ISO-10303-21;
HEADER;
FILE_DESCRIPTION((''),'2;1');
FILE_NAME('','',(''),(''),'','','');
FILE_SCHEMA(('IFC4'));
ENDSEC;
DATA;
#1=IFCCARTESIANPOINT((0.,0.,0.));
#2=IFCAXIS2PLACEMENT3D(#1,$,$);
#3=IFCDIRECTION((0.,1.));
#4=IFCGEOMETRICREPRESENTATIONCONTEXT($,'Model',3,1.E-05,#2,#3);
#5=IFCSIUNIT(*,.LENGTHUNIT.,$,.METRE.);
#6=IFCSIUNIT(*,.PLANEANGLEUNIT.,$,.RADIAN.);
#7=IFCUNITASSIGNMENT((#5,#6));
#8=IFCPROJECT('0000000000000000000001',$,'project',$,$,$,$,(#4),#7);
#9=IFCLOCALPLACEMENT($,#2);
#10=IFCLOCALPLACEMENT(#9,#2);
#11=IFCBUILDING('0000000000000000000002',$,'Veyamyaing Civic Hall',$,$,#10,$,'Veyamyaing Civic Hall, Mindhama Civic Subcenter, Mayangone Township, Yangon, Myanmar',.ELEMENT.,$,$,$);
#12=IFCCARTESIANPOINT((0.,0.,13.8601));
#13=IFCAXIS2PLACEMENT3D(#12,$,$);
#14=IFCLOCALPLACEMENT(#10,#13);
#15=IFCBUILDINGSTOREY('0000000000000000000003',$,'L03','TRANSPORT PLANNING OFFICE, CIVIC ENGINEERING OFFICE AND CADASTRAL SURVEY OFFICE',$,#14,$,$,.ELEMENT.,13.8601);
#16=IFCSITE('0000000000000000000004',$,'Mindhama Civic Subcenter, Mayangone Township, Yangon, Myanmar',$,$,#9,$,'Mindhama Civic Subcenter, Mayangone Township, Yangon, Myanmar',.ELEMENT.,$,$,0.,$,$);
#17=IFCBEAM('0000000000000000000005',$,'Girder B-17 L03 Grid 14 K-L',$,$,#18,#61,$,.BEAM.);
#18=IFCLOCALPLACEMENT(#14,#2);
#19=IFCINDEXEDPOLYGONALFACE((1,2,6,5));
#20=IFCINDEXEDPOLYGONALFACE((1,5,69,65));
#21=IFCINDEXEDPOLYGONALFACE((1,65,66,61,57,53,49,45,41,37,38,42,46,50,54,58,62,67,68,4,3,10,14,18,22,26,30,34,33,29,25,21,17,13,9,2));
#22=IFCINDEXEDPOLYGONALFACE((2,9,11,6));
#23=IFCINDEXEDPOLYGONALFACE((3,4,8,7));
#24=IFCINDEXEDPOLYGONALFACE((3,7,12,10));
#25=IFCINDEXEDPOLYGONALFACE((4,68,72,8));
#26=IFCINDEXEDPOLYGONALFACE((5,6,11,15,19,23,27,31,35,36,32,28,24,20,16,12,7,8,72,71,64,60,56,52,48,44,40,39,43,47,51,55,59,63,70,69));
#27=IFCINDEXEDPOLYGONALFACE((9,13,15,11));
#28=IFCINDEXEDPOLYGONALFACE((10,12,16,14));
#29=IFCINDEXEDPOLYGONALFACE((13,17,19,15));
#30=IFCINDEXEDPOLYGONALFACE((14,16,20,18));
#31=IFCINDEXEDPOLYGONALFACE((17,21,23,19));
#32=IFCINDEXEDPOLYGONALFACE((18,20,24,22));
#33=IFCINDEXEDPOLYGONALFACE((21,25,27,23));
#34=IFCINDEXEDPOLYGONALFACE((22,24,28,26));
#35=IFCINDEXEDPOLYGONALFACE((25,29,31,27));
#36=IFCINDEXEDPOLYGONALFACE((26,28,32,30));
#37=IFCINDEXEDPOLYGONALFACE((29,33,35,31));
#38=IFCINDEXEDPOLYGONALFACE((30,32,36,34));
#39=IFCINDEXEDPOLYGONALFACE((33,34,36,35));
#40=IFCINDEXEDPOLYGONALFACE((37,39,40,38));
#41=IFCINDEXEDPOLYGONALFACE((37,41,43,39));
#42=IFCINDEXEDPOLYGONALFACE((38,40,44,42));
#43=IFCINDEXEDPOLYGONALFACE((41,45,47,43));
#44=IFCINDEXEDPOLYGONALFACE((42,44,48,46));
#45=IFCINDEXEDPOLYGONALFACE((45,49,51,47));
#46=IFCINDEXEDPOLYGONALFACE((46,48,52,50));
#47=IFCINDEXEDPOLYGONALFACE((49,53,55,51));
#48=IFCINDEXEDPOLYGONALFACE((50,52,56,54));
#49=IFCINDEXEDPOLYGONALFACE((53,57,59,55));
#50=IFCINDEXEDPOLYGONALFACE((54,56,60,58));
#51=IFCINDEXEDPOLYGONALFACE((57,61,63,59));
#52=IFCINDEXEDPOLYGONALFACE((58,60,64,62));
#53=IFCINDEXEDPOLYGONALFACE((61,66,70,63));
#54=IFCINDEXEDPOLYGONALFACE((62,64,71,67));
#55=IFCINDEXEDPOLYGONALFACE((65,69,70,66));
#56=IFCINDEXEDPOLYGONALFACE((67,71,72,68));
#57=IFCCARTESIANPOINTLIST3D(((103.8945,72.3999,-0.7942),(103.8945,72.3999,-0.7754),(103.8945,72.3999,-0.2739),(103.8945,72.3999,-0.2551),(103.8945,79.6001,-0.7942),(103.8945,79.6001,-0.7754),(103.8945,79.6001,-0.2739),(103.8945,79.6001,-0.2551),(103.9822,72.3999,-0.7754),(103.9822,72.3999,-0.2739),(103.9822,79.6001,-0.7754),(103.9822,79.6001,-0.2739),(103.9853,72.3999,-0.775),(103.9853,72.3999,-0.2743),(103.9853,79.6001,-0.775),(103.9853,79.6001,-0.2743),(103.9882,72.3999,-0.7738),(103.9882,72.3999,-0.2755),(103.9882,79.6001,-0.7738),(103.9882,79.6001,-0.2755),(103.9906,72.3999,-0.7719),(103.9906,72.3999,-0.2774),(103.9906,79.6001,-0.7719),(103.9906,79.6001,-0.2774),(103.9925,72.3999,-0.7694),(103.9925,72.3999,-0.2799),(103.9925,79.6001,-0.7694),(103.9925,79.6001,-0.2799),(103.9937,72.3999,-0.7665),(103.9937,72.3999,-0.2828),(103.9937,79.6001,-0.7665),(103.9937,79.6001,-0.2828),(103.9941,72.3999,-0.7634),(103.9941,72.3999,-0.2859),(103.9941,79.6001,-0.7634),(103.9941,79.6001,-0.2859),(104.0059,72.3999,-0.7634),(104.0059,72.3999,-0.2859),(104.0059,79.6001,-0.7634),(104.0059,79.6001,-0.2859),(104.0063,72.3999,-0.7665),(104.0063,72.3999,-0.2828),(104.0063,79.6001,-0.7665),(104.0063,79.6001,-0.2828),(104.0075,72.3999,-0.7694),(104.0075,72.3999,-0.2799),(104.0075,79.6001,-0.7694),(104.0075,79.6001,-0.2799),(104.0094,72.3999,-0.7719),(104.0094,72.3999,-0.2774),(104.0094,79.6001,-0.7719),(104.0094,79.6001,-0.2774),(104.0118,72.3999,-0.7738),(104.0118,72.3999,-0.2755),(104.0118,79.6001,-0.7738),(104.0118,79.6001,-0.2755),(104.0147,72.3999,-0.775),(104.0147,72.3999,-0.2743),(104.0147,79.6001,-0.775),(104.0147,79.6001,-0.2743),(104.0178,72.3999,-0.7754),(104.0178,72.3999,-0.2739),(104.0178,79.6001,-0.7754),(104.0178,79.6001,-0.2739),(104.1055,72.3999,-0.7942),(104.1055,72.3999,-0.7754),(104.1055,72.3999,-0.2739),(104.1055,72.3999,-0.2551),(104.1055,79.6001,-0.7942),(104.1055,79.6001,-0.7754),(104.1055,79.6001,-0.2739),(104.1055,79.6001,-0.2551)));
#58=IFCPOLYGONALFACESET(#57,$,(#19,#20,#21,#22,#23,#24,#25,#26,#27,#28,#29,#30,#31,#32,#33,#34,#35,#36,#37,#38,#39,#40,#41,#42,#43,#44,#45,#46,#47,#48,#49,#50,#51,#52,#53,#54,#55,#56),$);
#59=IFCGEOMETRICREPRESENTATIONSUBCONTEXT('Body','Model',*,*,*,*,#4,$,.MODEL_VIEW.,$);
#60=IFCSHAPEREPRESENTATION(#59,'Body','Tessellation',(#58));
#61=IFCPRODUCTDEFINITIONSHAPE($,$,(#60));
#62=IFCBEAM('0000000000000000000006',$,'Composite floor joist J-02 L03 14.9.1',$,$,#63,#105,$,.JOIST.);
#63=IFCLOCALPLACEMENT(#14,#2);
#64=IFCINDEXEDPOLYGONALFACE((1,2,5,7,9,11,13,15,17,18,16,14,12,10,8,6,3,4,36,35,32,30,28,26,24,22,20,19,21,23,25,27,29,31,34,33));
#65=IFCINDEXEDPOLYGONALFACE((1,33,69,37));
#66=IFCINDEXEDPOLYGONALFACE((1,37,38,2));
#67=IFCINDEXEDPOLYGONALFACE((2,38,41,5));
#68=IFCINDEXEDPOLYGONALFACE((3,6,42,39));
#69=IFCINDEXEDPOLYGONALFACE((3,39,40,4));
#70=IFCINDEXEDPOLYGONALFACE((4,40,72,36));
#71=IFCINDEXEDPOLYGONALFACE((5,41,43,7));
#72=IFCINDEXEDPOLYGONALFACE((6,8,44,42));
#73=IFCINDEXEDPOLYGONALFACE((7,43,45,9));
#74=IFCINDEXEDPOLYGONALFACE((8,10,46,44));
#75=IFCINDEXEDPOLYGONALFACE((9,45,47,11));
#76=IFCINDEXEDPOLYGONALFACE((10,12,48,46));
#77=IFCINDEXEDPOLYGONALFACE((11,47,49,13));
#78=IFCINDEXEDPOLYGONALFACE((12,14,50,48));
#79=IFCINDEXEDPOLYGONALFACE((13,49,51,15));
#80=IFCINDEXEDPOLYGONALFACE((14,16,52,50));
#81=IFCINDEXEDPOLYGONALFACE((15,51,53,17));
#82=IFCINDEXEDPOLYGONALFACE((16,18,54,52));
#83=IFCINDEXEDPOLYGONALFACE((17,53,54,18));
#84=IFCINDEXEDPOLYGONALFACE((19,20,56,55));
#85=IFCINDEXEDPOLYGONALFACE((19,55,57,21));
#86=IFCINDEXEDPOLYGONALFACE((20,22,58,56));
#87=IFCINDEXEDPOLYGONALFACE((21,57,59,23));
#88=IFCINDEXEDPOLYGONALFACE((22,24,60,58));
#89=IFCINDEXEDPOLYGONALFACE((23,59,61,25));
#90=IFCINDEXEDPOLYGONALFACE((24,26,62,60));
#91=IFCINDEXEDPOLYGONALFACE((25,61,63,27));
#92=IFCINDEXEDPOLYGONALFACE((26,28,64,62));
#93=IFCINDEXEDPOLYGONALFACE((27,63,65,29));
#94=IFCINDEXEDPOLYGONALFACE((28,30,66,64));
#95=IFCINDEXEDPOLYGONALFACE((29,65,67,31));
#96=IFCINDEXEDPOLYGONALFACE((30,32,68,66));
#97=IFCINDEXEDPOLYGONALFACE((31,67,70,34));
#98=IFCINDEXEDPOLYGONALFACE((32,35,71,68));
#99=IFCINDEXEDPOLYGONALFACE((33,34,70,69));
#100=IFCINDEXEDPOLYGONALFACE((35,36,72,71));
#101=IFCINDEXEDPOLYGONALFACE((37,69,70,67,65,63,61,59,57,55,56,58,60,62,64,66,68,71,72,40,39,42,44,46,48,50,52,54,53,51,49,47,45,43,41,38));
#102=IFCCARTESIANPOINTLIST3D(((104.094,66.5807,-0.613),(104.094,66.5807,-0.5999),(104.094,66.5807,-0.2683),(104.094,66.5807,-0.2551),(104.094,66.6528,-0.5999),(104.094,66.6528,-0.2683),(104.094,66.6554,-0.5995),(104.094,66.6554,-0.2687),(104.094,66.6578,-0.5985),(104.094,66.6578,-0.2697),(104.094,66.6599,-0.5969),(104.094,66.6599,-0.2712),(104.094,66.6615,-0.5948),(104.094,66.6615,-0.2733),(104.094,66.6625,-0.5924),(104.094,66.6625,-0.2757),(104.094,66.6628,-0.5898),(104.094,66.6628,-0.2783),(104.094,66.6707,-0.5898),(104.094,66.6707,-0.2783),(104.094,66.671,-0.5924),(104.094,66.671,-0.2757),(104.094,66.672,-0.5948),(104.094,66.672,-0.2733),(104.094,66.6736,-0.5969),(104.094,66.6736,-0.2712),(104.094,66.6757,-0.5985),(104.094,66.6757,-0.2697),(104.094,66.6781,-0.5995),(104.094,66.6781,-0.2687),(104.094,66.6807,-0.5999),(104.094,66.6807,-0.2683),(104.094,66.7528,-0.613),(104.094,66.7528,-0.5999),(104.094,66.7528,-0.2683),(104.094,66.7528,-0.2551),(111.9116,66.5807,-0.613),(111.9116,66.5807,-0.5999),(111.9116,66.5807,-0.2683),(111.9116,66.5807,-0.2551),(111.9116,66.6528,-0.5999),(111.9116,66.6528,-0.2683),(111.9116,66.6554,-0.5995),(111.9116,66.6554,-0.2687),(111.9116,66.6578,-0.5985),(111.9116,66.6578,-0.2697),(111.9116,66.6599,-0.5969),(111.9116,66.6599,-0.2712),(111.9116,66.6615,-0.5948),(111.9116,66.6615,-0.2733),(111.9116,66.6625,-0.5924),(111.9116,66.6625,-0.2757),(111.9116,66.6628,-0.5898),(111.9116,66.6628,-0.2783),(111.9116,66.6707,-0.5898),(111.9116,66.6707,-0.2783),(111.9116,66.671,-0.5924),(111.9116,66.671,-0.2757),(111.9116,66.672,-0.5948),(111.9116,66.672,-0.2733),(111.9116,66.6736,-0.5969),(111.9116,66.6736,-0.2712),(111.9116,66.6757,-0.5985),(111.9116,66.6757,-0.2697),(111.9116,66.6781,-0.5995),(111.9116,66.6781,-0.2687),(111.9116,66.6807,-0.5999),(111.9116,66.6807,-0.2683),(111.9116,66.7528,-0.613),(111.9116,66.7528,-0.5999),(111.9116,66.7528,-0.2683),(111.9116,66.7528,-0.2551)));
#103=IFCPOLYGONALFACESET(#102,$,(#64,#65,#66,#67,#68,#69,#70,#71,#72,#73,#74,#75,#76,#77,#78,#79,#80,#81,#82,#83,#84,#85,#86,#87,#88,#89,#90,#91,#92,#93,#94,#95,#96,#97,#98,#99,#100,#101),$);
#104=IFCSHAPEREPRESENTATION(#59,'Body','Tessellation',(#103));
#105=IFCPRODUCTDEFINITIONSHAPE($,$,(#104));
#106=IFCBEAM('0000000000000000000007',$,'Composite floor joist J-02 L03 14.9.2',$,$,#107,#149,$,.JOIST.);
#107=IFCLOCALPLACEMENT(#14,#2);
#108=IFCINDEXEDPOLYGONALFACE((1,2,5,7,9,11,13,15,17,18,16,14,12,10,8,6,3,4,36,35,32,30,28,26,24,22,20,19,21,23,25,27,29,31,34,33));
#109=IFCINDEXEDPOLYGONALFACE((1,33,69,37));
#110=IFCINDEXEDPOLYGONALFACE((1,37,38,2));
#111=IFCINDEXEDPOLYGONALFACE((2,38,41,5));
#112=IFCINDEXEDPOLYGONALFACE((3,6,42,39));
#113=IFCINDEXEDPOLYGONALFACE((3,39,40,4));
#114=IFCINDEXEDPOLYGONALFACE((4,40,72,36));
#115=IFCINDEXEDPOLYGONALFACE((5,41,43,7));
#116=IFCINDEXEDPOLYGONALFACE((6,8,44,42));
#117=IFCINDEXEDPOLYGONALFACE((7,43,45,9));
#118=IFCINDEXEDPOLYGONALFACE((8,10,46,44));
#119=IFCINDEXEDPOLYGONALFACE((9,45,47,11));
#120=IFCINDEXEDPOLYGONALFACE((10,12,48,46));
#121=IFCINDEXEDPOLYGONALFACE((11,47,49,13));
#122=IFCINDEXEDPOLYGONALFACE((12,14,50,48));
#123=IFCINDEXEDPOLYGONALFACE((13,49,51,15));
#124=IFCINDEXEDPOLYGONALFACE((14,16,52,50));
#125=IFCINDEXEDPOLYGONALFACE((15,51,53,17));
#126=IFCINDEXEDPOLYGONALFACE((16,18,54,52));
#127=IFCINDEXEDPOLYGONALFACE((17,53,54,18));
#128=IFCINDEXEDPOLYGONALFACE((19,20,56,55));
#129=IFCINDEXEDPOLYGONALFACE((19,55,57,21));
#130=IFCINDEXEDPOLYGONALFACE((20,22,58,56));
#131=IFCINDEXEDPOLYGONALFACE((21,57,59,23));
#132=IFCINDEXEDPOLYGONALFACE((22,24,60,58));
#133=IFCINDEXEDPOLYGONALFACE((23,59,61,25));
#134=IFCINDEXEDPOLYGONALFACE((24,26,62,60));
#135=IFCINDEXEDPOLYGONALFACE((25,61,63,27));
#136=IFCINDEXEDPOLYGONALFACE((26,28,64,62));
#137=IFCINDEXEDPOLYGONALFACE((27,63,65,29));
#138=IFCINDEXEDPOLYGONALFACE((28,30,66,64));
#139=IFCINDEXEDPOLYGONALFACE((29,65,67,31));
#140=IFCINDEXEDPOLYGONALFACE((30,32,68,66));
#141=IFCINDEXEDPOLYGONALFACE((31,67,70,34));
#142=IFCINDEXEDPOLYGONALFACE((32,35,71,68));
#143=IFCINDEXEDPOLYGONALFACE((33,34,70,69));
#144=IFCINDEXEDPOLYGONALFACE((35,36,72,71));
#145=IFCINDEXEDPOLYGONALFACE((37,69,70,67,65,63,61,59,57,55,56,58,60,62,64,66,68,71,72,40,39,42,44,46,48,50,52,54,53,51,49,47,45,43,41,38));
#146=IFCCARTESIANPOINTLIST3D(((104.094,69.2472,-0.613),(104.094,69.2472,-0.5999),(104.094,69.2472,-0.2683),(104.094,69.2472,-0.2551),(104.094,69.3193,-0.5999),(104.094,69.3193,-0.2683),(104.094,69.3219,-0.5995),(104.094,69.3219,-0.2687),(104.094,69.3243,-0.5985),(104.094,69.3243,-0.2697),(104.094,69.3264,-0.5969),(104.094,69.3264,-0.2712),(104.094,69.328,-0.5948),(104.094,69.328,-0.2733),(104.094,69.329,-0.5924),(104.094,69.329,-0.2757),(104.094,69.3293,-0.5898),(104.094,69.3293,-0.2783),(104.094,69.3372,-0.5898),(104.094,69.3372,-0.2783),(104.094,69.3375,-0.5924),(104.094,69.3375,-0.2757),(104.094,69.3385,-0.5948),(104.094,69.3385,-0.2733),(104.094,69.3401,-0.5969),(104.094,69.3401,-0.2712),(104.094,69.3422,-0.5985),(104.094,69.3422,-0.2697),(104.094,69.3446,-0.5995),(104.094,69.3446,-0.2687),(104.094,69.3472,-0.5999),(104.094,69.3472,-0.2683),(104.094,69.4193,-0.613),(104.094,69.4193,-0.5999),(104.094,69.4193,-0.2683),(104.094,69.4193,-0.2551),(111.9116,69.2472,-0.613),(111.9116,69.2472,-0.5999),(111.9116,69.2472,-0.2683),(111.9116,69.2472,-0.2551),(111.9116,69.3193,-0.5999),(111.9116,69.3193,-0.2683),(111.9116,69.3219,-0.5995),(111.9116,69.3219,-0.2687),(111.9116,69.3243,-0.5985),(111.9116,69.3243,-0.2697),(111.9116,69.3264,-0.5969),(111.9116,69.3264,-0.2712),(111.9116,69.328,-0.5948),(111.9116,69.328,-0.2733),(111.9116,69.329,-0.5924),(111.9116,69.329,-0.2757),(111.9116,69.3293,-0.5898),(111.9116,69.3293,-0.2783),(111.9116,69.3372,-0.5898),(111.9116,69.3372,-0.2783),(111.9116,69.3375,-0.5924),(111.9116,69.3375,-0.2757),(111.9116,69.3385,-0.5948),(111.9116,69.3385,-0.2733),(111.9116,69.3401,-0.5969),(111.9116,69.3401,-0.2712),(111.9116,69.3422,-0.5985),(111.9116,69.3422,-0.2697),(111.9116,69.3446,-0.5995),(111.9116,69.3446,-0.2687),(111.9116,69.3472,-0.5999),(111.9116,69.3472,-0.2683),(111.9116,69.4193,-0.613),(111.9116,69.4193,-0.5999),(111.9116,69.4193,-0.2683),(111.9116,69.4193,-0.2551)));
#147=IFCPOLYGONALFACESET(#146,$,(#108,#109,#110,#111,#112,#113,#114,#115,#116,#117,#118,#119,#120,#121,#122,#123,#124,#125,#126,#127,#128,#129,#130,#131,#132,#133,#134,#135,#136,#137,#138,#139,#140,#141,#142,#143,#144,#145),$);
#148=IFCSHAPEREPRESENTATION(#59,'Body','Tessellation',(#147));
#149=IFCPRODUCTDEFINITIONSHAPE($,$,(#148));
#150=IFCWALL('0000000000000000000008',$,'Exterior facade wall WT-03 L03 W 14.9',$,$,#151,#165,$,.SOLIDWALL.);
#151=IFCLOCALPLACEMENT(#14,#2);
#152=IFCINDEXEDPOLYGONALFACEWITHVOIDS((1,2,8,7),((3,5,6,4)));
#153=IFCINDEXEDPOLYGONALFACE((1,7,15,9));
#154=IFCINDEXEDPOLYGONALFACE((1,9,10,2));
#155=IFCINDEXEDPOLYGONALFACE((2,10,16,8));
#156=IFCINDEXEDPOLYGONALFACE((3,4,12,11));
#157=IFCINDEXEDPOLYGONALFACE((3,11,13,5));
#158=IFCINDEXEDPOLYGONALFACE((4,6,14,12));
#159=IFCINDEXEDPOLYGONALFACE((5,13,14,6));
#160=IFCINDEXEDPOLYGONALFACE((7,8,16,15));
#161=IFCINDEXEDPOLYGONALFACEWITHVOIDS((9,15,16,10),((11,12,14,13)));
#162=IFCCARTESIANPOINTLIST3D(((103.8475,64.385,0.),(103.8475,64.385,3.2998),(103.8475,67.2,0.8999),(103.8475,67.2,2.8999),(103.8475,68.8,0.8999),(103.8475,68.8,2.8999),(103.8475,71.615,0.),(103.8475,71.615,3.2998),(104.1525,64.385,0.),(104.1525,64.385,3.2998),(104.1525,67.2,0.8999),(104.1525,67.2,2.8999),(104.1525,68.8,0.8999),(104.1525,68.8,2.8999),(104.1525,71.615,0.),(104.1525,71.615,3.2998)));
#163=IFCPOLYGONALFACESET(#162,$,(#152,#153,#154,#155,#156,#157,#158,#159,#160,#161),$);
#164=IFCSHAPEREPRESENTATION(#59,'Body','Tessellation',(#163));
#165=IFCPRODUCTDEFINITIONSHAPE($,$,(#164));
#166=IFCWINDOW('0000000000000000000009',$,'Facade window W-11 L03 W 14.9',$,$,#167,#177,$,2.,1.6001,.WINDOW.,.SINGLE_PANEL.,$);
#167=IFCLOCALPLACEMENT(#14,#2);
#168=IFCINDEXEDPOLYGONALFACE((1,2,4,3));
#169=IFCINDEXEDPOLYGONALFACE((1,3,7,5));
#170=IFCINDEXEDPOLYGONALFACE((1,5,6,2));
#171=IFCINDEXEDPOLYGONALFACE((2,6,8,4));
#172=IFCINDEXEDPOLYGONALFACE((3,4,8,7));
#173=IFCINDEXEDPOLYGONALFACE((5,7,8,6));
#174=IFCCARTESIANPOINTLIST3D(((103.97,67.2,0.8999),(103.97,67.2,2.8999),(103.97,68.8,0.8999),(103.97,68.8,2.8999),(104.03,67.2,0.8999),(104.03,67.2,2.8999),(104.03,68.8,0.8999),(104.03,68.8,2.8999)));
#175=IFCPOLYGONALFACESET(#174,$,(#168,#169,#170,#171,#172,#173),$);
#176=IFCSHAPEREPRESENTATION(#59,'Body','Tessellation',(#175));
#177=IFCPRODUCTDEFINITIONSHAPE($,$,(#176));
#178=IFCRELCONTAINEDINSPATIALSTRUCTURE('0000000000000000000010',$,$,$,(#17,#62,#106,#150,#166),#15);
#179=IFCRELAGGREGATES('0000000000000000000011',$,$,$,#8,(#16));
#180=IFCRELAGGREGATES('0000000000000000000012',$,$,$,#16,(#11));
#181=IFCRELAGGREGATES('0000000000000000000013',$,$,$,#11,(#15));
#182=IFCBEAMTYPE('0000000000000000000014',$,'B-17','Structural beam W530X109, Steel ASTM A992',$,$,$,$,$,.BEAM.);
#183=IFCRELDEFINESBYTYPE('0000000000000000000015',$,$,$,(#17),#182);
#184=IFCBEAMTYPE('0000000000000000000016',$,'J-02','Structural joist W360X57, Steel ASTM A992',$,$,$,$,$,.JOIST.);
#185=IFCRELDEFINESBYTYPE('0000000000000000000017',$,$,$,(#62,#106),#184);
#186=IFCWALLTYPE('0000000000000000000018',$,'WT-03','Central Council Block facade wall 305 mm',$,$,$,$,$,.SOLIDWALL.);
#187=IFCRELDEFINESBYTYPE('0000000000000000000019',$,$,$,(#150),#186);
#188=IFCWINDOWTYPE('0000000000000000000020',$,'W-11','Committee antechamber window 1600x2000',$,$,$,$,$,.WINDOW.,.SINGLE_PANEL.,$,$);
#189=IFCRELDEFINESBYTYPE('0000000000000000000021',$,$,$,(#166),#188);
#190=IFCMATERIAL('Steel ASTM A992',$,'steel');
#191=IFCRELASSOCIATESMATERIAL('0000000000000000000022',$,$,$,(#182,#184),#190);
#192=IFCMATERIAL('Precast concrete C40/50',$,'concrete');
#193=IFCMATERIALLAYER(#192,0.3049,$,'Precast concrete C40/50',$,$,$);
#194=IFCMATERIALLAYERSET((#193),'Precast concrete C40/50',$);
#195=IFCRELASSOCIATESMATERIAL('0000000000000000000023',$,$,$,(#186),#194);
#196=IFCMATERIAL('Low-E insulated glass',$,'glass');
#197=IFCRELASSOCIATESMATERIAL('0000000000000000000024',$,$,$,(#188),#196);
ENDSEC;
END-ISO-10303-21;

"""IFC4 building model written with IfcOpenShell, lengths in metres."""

from ifc_helpers import new_model, si_unit, direction, frame, frame_2d, origin, origin_2d, place, context, subcontext, project, spatial, rectangle, i_section, extrude, material, layer, layer_set, material_profile, profile_set, type_object, element, fill, save


model = new_model("IFC4")

# Units and contexts
model_context = context("Model", 3, precision=1e-05, world=origin(), true_north=direction((0.0, 1.0)))
body_context = subcontext(model_context, "Body", "Model", "MODEL_VIEW")
ifc_project = project(units=[si_unit("LENGTHUNIT", "METRE"), si_unit("PLANEANGLEUNIT", "RADIAN")], contexts=[model_context])

# Site, building, storey
site_placement = place(None, origin())
site = spatial("IfcSite", under=ifc_project, at=site_placement, Name="Mindhama Civic Subcenter, Mayangone Township, Yangon, Myanmar", LongName="Mindhama Civic Subcenter, Mayangone Township, Yangon, Myanmar", CompositionType="ELEMENT", RefElevation=0.0)
building_placement = place(site_placement, origin())
building = spatial("IfcBuilding", under=site, at=building_placement, Name="Veyamyaing Civic Hall", LongName="Veyamyaing Civic Hall, Mindhama Civic Subcenter, Mayangone Township, Yangon, Myanmar", CompositionType="ELEMENT")
storey_placement = place(building_placement, frame((0.0, 0.0, 13.8601)))
storey = spatial("IfcBuildingStorey", under=building, at=storey_placement, Name="L03", Description="TRANSPORT PLANNING OFFICE, CIVIC ENGINEERING OFFICE AND CADASTRAL SURVEY OFFICE", CompositionType="ELEMENT", Elevation=13.8601)

# Beams
ifc_material_1 = material(Name="Steel ASTM A992", Category="steel")
ifc_material_profile_1 = material_profile(ifc_material_1, i_section(OverallWidth=0.2109, OverallDepth=0.5391, WebThickness=0.0117, FlangeThickness=0.0188, FilletRadius=0.012, at=origin_2d()), Name="W530X109")
ifc_profile_set_1 = profile_set([ifc_material_profile_1], Name="Steel ASTM A992")
beam_type_1 = type_object("IfcBeamType", Name="B-17", Description="Structural beam W530X109, Steel ASTM A992", PredefinedType="BEAM", material=ifc_profile_set_1)
beam_1_placement = place(storey_placement, frame((104.0, 72.3999, -0.5247), z_axis=(0.0, 1.0, 0.0), x_axis=(-1.0, 0.0, 0.0)))
element("IfcBeam", 1, at=beam_1_placement, inside=storey, type_object=beam_type_1, Name="Girder B-17 L03 Grid 14 K-L", PredefinedType="BEAM", context=body_context, shape_type="SweptSolid", body=[
    extrude(i_section(OverallWidth=0.2109, OverallDepth=0.5391, WebThickness=0.0117, FlangeThickness=0.0188, FilletRadius=0.012, at=origin_2d()), origin(), (0.0, 0.0, 1.0), 7.2002),
])
ifc_material_profile_2 = material_profile(ifc_material_1, i_section(OverallWidth=0.1721, OverallDepth=0.3579, WebThickness=0.0078, FlangeThickness=0.0132, FilletRadius=0.01, at=origin_2d()), Name="W360X57")
ifc_profile_set_2 = profile_set([ifc_material_profile_2], Name="Steel ASTM A992")
beam_type_2 = type_object("IfcBeamType", Name="J-02", Description="Structural joist W360X57, Steel ASTM A992", PredefinedType="JOIST", material=ifc_profile_set_2)
for number, where, z_axis, x_axis, name in (
    (2, (104.094, 66.6667, -0.4341), (1.0, 0.0, 0.0), (0.0, 1.0, 0.0), "Composite floor joist J-02 L03 14.9.1"),
    (3, (104.094, 69.3333, -0.4341), (1.0, 0.0, 0.0), (0.0, 1.0, 0.0), "Composite floor joist J-02 L03 14.9.2"),
):
    element("IfcBeam", number, at=place(storey_placement, frame(where, z_axis=z_axis, x_axis=x_axis)), inside=storey, type_object=beam_type_2, Name=name, PredefinedType="JOIST", context=body_context, shape_type="SweptSolid", body=[
        extrude(i_section(OverallWidth=0.1721, OverallDepth=0.3579, WebThickness=0.0078, FlangeThickness=0.0132, FilletRadius=0.01, at=origin_2d()), origin(), (0.0, 0.0, 1.0), 7.8176),
    ])

# Wall, opening, window
ifc_material_2 = material(Name="Precast concrete C40/50", Category="concrete")
ifc_layer_1 = layer(ifc_material_2, 0.3049, Name="Precast concrete C40/50")
ifc_layer_set_1 = layer_set([ifc_layer_1], Name="Precast concrete C40/50")
wall_type_1 = type_object("IfcWallType", Name="WT-03", Description="Central Council Block facade wall 305 mm", PredefinedType="SOLIDWALL", material=ifc_layer_set_1)
wall_1_placement = place(storey_placement, frame((104.0, 64.385, 0.0), z_axis=(0.0, 0.0, 1.0), x_axis=(0.0, 1.0, 0.0)))
wall_1 = element("IfcWall", 4, at=wall_1_placement, inside=storey, type_object=wall_type_1, Name="Exterior facade wall WT-03 L03 W 14.9", PredefinedType="SOLIDWALL", context=body_context, shape_type="SweptSolid", body=[
    extrude(rectangle(XDim=7.23, YDim=0.3049, at=frame_2d((3.615, 0.0))), origin(), (0.0, 0.0, 1.0), 3.2998),
])
opening_1_placement = place(wall_1_placement, frame((2.8149, 0.0, 0.8999)))
opening_1 = element("IfcOpeningElement", 5, at=opening_1_placement, cuts=wall_1, PredefinedType="OPENING", context=body_context, shape_type="SweptSolid", body=[
    extrude(rectangle(XDim=1.6001, YDim=2.0, at=frame_2d((0.8, 1.0))), frame((0.0, 0.1624, 0.0), z_axis=(0.0, -1.0, 0.0), x_axis=(1.0, 0.0, 0.0)), (0.0, 0.0, 1.0), 0.325),
])
ifc_material_3 = material(Name="Low-E insulated glass", Category="glass")
window_type = type_object("IfcWindowType", Name="W-11", Description="Committee antechamber window 1600x2000", PartitioningType="SINGLE_PANEL", PredefinedType="WINDOW", material=ifc_material_3)
window_placement = place(opening_1_placement, origin())
window = element("IfcWindow", 6, at=window_placement, inside=storey, type_object=window_type, Name="Facade window W-11 L03 W 14.9", OverallHeight=2.0, OverallWidth=1.6001, PartitioningType="SINGLE_PANEL", PredefinedType="WINDOW", context=body_context, shape_type="SweptSolid", body=[
    extrude(rectangle(XDim=1.6001, YDim=2.0, at=frame_2d((0.8, 1.0))), frame((0.0, 0.03, 0.0), z_axis=(0.0, -1.0, 0.0), x_axis=(1.0, 0.0, 0.0)), (0.0, 0.0, 1.0), 0.0601),
])
fill(opening_1, window)

save(model, "model.ifc")
